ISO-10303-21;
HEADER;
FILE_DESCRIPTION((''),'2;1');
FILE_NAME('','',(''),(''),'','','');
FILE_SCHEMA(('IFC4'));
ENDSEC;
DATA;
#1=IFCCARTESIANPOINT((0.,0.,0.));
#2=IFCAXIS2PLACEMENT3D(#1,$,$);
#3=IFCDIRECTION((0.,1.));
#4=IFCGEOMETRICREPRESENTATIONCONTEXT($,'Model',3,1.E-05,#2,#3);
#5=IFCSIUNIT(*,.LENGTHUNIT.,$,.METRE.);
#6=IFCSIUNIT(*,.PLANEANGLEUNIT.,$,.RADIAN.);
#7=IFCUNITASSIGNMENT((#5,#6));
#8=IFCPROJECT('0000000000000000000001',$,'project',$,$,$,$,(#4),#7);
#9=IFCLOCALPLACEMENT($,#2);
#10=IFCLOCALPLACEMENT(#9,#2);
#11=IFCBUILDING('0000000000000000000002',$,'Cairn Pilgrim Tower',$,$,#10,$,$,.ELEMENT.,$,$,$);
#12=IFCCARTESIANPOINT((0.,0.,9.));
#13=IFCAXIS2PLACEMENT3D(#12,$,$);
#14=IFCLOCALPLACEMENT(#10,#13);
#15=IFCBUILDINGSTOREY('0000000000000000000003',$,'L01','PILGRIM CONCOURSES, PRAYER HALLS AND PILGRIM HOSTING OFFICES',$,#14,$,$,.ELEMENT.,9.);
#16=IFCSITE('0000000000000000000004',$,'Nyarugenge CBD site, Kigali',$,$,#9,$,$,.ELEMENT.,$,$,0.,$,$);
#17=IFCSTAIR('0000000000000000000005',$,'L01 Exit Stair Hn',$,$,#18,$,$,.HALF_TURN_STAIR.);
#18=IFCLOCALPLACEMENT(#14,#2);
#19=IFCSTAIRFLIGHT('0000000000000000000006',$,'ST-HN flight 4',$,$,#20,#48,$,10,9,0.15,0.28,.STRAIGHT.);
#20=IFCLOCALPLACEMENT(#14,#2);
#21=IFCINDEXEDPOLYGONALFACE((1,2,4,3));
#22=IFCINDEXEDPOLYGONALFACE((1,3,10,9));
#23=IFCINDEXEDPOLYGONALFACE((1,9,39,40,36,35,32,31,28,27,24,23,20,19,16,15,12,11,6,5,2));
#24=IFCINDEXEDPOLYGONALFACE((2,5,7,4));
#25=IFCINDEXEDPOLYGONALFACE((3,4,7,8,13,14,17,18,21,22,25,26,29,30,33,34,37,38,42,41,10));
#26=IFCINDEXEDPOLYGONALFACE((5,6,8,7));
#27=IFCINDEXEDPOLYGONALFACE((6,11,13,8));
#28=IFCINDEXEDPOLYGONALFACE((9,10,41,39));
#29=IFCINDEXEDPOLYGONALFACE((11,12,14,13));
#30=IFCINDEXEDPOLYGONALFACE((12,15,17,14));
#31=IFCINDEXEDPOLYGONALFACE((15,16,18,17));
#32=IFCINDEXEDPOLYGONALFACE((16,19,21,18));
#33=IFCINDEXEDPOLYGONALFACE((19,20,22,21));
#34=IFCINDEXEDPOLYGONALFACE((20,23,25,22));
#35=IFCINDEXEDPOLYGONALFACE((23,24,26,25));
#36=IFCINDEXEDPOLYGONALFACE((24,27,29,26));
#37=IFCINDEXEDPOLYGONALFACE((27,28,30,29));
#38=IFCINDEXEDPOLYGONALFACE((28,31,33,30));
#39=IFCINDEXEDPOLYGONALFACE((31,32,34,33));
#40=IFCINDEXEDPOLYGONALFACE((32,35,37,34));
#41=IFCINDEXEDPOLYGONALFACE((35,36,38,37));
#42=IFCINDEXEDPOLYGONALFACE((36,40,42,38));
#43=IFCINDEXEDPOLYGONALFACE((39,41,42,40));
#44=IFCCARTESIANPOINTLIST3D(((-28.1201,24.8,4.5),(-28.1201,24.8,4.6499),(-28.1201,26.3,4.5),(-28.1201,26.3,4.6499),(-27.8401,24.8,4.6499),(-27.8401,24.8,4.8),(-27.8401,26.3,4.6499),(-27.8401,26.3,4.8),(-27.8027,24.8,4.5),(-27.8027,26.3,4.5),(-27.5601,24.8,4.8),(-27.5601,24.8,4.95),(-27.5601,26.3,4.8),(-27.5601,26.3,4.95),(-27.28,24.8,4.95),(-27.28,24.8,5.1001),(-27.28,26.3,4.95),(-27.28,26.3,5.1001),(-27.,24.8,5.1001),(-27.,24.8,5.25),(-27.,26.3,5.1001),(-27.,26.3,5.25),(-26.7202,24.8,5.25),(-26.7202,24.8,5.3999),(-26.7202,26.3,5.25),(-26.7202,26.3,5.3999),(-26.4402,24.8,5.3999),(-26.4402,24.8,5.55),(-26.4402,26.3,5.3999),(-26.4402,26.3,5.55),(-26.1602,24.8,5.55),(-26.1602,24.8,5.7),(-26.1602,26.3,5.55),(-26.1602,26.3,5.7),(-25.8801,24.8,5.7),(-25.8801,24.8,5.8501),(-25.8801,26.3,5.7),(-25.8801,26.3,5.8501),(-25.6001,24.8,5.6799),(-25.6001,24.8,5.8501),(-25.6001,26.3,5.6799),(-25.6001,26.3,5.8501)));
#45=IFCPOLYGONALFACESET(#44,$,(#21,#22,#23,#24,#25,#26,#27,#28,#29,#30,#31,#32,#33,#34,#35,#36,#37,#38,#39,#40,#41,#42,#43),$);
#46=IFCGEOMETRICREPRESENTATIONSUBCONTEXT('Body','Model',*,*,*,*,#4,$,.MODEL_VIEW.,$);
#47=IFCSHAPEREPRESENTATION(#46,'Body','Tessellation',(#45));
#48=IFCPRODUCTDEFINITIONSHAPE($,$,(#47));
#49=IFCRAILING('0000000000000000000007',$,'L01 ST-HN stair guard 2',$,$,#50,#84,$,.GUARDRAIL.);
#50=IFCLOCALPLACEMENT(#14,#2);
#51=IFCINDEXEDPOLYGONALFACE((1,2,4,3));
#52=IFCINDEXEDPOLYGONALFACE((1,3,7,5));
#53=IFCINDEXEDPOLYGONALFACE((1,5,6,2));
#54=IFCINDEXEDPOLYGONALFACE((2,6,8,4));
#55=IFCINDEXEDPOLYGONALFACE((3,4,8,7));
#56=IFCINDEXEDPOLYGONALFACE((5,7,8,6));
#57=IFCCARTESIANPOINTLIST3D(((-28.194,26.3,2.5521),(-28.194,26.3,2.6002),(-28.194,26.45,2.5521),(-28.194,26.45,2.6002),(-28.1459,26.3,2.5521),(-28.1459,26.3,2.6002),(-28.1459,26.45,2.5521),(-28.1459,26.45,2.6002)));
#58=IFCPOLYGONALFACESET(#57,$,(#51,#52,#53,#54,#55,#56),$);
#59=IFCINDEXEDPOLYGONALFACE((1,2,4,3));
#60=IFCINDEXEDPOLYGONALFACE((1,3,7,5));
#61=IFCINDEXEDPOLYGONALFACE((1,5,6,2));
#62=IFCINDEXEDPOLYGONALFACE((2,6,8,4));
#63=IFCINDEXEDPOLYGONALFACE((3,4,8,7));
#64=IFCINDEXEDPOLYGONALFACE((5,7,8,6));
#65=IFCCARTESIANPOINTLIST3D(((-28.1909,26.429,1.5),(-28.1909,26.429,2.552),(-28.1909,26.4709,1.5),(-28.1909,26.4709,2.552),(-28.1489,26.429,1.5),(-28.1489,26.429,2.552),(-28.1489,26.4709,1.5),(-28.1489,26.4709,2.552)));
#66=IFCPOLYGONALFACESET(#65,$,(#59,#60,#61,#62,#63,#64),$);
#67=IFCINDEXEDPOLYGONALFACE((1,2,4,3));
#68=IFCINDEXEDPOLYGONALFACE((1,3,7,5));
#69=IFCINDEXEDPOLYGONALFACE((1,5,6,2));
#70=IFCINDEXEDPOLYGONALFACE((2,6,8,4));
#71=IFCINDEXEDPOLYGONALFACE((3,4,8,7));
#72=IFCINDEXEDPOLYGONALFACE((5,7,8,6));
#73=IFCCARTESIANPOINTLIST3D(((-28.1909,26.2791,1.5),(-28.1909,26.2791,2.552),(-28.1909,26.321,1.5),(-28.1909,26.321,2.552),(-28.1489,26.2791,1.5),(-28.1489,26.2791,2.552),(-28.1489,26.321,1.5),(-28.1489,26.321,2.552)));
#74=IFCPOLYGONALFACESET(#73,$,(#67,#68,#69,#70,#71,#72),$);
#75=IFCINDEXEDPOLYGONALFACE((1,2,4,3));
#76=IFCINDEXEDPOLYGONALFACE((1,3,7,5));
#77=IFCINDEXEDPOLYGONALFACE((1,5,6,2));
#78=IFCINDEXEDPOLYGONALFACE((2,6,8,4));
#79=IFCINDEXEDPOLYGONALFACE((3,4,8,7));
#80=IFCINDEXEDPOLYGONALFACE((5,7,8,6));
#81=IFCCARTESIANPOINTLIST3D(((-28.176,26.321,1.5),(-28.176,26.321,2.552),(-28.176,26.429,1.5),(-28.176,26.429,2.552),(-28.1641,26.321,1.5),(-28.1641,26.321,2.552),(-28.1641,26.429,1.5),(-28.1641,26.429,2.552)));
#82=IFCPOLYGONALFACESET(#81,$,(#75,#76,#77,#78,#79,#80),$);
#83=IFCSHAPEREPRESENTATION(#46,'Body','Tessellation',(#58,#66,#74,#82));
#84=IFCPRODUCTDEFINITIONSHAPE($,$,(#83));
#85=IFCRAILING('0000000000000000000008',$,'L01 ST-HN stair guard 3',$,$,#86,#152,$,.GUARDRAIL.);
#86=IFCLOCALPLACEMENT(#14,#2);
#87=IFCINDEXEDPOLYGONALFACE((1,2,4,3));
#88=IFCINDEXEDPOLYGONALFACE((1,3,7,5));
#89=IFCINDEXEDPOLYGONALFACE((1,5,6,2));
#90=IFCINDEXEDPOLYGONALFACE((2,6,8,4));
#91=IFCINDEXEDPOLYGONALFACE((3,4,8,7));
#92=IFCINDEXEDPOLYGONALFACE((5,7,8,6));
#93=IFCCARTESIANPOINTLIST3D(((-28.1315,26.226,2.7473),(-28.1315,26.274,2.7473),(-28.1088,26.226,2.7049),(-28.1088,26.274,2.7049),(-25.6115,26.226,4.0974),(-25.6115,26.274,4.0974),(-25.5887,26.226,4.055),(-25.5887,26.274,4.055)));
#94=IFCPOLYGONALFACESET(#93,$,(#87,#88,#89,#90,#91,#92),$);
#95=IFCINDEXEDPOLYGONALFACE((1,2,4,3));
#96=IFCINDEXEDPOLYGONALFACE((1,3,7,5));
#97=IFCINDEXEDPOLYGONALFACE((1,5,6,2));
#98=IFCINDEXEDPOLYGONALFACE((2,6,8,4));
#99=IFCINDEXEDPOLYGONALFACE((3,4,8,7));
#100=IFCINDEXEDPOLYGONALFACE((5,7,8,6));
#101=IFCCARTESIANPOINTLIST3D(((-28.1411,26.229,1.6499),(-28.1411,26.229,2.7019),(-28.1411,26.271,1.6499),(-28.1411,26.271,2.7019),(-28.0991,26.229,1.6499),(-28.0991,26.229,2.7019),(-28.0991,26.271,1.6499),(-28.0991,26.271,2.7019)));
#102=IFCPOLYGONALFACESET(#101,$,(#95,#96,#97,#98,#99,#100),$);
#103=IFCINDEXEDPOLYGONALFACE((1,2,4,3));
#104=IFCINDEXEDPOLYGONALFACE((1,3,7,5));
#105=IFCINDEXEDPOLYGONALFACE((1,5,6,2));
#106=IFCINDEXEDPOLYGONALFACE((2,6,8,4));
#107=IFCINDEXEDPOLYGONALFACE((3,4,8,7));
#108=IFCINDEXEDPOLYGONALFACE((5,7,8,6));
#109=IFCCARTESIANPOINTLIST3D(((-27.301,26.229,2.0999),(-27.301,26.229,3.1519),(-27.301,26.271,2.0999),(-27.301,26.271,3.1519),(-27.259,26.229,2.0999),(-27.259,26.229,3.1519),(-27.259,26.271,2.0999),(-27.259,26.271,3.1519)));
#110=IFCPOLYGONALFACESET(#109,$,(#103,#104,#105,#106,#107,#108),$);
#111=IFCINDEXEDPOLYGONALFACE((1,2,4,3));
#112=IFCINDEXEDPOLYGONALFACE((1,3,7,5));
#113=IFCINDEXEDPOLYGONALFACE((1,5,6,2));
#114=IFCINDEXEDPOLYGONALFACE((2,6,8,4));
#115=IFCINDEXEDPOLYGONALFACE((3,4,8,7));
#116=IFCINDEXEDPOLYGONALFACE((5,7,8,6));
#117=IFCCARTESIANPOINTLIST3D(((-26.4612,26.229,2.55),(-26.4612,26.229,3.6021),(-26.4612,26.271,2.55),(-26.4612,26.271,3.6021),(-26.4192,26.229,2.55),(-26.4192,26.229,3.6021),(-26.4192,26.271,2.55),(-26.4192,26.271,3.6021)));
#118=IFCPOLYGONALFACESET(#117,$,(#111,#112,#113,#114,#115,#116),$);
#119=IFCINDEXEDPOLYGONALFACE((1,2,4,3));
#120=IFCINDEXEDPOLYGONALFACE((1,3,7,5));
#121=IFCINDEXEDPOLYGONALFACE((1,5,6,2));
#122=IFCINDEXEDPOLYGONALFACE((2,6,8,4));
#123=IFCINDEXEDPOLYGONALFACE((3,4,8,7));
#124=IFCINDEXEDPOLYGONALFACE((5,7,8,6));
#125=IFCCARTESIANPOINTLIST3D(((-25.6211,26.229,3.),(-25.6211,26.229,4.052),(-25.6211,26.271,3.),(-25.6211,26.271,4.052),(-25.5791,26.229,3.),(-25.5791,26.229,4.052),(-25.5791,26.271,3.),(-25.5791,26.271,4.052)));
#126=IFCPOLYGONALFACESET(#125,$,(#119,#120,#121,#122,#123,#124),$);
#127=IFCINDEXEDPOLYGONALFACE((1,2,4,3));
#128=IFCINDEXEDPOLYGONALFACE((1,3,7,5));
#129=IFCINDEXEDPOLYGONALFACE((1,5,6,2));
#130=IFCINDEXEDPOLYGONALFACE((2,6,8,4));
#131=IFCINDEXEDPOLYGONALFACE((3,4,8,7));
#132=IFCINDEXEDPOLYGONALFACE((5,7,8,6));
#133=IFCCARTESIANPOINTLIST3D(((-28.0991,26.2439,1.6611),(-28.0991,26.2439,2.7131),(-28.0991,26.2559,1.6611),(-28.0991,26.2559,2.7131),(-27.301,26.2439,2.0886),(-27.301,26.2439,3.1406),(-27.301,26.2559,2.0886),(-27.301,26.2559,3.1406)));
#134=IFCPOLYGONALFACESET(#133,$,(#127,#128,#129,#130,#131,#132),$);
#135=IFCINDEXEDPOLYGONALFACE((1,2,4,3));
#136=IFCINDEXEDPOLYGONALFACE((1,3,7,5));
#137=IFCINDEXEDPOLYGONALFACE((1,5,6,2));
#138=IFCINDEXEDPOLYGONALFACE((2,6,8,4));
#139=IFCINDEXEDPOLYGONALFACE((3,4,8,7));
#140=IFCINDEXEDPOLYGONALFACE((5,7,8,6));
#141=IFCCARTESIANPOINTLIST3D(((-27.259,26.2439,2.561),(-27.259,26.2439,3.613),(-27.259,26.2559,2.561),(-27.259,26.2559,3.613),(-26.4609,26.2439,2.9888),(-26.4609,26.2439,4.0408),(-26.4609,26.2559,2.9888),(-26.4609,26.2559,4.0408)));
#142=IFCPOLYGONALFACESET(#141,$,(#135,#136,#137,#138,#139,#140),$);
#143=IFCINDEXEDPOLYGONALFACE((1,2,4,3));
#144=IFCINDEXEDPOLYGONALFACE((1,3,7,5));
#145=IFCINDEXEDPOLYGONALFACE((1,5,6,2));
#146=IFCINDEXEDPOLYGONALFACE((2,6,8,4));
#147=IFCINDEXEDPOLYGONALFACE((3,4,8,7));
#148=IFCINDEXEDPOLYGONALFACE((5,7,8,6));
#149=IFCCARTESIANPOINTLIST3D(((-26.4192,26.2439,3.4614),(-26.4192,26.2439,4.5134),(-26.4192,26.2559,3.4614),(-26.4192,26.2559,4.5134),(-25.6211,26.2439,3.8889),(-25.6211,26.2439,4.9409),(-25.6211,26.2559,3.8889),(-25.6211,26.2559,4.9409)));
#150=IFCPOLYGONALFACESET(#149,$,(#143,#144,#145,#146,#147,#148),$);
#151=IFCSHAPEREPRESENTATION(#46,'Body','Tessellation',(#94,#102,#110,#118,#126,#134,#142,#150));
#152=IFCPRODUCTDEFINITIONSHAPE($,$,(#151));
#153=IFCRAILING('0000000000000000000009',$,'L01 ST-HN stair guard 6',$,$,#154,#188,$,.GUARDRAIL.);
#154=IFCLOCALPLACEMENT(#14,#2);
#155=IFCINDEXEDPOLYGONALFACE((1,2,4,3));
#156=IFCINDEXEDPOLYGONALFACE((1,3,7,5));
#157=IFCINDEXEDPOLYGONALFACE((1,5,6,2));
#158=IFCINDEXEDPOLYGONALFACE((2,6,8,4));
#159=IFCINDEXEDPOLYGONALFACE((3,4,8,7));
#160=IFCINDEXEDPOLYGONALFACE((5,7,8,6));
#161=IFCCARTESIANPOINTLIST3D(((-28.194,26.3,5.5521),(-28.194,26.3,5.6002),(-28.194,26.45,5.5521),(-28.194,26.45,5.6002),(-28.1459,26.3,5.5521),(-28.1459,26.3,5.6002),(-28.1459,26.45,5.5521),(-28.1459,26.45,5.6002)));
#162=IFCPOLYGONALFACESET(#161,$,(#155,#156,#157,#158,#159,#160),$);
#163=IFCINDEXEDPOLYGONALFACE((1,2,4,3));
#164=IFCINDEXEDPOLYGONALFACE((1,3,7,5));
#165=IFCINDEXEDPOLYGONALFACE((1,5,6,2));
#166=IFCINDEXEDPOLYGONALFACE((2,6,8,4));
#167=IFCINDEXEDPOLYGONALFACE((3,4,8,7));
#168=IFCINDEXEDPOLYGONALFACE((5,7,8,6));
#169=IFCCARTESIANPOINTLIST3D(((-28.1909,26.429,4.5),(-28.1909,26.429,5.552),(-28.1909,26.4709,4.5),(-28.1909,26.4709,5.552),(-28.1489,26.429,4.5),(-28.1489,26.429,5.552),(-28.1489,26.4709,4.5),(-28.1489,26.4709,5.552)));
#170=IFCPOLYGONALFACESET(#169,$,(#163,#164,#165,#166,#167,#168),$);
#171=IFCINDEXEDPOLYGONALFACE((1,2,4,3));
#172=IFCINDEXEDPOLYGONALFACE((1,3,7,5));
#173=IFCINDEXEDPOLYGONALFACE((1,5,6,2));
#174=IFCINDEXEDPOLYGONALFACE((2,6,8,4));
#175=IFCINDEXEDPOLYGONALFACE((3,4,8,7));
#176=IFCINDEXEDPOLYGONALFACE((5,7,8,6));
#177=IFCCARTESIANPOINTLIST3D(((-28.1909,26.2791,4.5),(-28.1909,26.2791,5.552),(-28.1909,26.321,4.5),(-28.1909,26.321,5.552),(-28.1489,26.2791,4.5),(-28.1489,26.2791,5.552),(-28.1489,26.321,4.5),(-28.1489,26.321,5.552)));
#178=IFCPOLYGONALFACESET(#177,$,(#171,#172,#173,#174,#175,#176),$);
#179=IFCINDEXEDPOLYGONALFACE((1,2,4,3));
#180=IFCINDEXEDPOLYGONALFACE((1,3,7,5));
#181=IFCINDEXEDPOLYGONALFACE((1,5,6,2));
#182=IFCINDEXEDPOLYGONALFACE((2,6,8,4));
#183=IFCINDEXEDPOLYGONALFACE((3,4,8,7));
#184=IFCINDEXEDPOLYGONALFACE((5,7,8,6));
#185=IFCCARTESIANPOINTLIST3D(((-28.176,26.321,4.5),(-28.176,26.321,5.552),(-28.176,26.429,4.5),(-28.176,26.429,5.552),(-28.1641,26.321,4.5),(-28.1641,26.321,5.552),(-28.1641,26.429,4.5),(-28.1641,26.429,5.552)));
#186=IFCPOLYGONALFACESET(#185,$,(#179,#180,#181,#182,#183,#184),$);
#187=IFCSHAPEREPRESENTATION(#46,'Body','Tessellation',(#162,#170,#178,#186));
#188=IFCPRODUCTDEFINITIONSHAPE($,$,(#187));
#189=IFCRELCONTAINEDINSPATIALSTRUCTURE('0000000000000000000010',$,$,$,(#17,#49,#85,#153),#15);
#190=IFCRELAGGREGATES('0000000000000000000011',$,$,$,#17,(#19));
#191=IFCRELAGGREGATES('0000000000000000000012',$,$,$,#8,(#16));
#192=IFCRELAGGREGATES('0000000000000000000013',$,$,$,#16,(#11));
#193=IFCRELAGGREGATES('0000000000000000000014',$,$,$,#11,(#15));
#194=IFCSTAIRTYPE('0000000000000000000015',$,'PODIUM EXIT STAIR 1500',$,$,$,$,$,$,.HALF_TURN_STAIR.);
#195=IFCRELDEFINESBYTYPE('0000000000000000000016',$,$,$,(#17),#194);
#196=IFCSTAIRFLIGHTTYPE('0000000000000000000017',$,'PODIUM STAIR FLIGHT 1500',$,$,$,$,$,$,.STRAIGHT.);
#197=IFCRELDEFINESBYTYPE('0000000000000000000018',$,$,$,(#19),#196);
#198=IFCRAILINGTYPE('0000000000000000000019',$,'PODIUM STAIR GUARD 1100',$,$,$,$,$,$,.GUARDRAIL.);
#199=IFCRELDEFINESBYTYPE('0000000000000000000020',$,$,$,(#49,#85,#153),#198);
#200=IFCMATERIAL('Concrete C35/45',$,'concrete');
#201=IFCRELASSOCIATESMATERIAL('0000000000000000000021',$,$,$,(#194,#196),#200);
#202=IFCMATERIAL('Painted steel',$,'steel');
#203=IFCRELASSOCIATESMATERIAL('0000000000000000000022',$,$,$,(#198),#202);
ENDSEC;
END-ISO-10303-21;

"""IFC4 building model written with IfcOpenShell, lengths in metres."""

from ifc_helpers import new_model, si_unit, direction, frame, origin, origin_2d, place, context, subcontext, project, spatial, polyline, rectangle, outline, extrude, material, type_object, element, aggregate, save


model = new_model("IFC4")

# Units and contexts
model_context = context("Model", 3, precision=1e-05, world=origin(), true_north=direction((0.0, 1.0)))
body_context = subcontext(model_context, "Body", "Model", "MODEL_VIEW")
ifc_project = project(units=[si_unit("LENGTHUNIT", "METRE"), si_unit("PLANEANGLEUNIT", "RADIAN")], contexts=[model_context])

# Site, building, storey
site_placement = place(None, origin())
site = spatial("IfcSite", under=ifc_project, at=site_placement, Name="Nyarugenge CBD site, Kigali", CompositionType="ELEMENT", RefElevation=0.0)
building_placement = place(site_placement, origin())
building = spatial("IfcBuilding", under=site, at=building_placement, Name="Cairn Pilgrim Tower", CompositionType="ELEMENT")
storey_placement = place(building_placement, frame((0.0, 0.0, 9.0)))
storey = spatial("IfcBuildingStorey", under=building, at=storey_placement, Name="L01", Description="PILGRIM CONCOURSES, PRAYER HALLS AND PILGRIM HOSTING OFFICES", CompositionType="ELEMENT", Elevation=9.0)

# Shared definitions
ifc_material_1 = material(Name="Concrete C35/45", Category="concrete")

# Stair, stair flight
stair_type = type_object("IfcStairType", Name="PODIUM EXIT STAIR 1500", PredefinedType="HALF_TURN_STAIR", material=ifc_material_1)
stair_placement = place(storey_placement, origin())
stair = element("IfcStair", 1, at=stair_placement, inside=storey, type_object=stair_type, Name="L01 Exit Stair Hn", PredefinedType="HALF_TURN_STAIR")
stair_flight_type = type_object("IfcStairFlightType", Name="PODIUM STAIR FLIGHT 1500", PredefinedType="STRAIGHT", material=ifc_material_1)
stair_flight_1_placement = place(storey_placement, frame((-28.1201, 25.55, 4.5), z_axis=(0.0, 0.0, 1.0), x_axis=(1.0, 0.0, 0.0)))
stair_flight_1 = element("IfcStairFlight", 2, at=stair_flight_1_placement, type_object=stair_flight_type, Name="ST-HN flight 4", NumberOfRisers=10, NumberOfTreads=9, PredefinedType="STRAIGHT", RiserHeight=0.15, TreadLength=0.28, context=body_context, shape_type="SweptSolid", body=[
    extrude(outline(polyline([(0.0, 0.0), (0.0, 0.1499), (0.28, 0.1499), (0.28, 0.3), (0.5601, 0.3), (0.5601, 0.45), (0.8401, 0.45), (0.8401, 0.6001), (1.1201, 0.6001), (1.1201, 0.75), (1.3999, 0.75), (1.3999, 0.8999), (1.6799, 0.8999), (1.6799, 1.05), (1.96, 1.05), (1.96, 1.2), (2.24, 1.2), (2.24, 1.3501), (2.52, 1.3501), (2.52, 1.5), (2.52, 1.1799), (0.3174, 0.0), (0.0, 0.0)])), frame((0.0, 0.75, 0.0), z_axis=(0.0, -1.0, 0.0), x_axis=(1.0, 0.0, 0.0)), (0.0, 0.0, 1.0), 1.5),
])
aggregate(stair, [stair_flight_1])

# Railings
ifc_material_2 = material(Name="Painted steel", Category="steel")
railing_type_1 = type_object("IfcRailingType", Name="PODIUM STAIR GUARD 1100", PredefinedType="GUARDRAIL", material=ifc_material_2)
railing_1_placement = place(storey_placement, frame((-28.1699, 26.45, 1.5)))
element("IfcRailing", 3, at=railing_1_placement, inside=storey, type_object=railing_type_1, Name="L01 ST-HN stair guard 2", PredefinedType="GUARDRAIL", context=body_context, shape_type="SweptSolid", body=[
    extrude(rectangle(XDim=0.0481, YDim=0.0481, at=origin_2d()), frame((0.0, 0.0, 1.0762), z_axis=(0.0, -1.0, 0.0), x_axis=(1.0, 0.0, 0.0)), (0.0, 0.0, 1.0), 0.1499),
    extrude(rectangle(XDim=0.042, YDim=0.042, at=origin_2d()), origin(), (0.0, 0.0, 1.0), 1.052),
    extrude(rectangle(XDim=0.042, YDim=0.042, at=origin_2d()), frame((0.0, -0.1499, 0.0)), (0.0, 0.0, 1.0), 1.052),
    extrude(outline(polyline([(0.021, 0.0), (0.1289, 0.0), (0.1289, 1.052), (0.021, 1.052), (0.021, 0.0)])), frame((0.0059, 0.0, 0.0), z_axis=(-1.0, 0.0, 0.0), x_axis=(0.0, -1.0, 0.0)), (0.0, 0.0, 1.0), 0.012),
])
railing_2_placement = place(storey_placement, frame((-28.1201, 26.25, 1.6499)))
element("IfcRailing", 4, at=railing_2_placement, inside=storey, type_object=railing_type_1, Name="L01 ST-HN stair guard 3", PredefinedType="GUARDRAIL", context=body_context, shape_type="SweptSolid", body=[
    extrude(rectangle(XDim=0.0481, YDim=0.0481, at=origin_2d()), frame((0.0, 0.0, 1.0762), z_axis=(0.881467, 0.0, 0.472245), x_axis=(0.0, 1.0, 0.0)), (0.0, 0.0, 1.0), 2.8589),
    extrude(rectangle(XDim=0.042, YDim=0.042, at=origin_2d()), origin(), (0.0, 0.0, 1.0), 1.052),
    extrude(rectangle(XDim=0.042, YDim=0.042, at=origin_2d()), frame((0.8401, 0.0, 0.45)), (0.0, 0.0, 1.0), 1.052),
    extrude(rectangle(XDim=0.042, YDim=0.042, at=origin_2d()), frame((1.6799, 0.0, 0.9001)), (0.0, 0.0, 1.0), 1.052),
    extrude(rectangle(XDim=0.042, YDim=0.042, at=origin_2d()), frame((2.52, 0.0, 1.3501)), (0.0, 0.0, 1.0), 1.052),
    extrude(outline(polyline([(0.021, 0.0112), (0.8191, 0.4387), (0.8191, 1.4907), (0.021, 1.0632), (0.021, 0.0112)])), frame((0.0, 0.0059, 0.0), z_axis=(0.0, -1.0, 0.0), x_axis=(1.0, 0.0, 0.0)), (0.0, 0.0, 1.0), 0.012),
    extrude(outline(polyline([(0.021, 0.4612), (0.8191, 0.8889), (0.8191, 1.9409), (0.021, 1.5132), (0.021, 0.4612)])), frame((0.8401, 0.0059, 0.45), z_axis=(0.0, -1.0, 0.0), x_axis=(1.0, 0.0, 0.0)), (0.0, 0.0, 1.0), 0.012),
    extrude(outline(polyline([(0.021, 0.9114), (0.8191, 1.3389), (0.8191, 2.3909), (0.021, 1.9634), (0.021, 0.9114)])), frame((1.6799, 0.0059, 0.9001), z_axis=(0.0, -1.0, 0.0), x_axis=(1.0, 0.0, 0.0)), (0.0, 0.0, 1.0), 0.012),
])
railing_3_placement = place(storey_placement, frame((-28.1699, 26.45, 4.5)))
element("IfcRailing", 5, at=railing_3_placement, inside=storey, type_object=railing_type_1, Name="L01 ST-HN stair guard 6", PredefinedType="GUARDRAIL", context=body_context, shape_type="SweptSolid", body=[
    extrude(rectangle(XDim=0.0481, YDim=0.0481, at=origin_2d()), frame((0.0, 0.0, 1.0762), z_axis=(0.0, -1.0, 0.0), x_axis=(1.0, 0.0, 0.0)), (0.0, 0.0, 1.0), 0.1499),
    extrude(rectangle(XDim=0.042, YDim=0.042, at=origin_2d()), origin(), (0.0, 0.0, 1.0), 1.052),
    extrude(rectangle(XDim=0.042, YDim=0.042, at=origin_2d()), frame((0.0, -0.1499, 0.0)), (0.0, 0.0, 1.0), 1.052),
    extrude(outline(polyline([(0.021, 0.0), (0.1289, 0.0), (0.1289, 1.052), (0.021, 1.052), (0.021, 0.0)])), frame((0.0059, 0.0, 0.0), z_axis=(-1.0, 0.0, 0.0), x_axis=(0.0, -1.0, 0.0)), (0.0, 0.0, 1.0), 0.012),
])

save(model, "model.ifc")
